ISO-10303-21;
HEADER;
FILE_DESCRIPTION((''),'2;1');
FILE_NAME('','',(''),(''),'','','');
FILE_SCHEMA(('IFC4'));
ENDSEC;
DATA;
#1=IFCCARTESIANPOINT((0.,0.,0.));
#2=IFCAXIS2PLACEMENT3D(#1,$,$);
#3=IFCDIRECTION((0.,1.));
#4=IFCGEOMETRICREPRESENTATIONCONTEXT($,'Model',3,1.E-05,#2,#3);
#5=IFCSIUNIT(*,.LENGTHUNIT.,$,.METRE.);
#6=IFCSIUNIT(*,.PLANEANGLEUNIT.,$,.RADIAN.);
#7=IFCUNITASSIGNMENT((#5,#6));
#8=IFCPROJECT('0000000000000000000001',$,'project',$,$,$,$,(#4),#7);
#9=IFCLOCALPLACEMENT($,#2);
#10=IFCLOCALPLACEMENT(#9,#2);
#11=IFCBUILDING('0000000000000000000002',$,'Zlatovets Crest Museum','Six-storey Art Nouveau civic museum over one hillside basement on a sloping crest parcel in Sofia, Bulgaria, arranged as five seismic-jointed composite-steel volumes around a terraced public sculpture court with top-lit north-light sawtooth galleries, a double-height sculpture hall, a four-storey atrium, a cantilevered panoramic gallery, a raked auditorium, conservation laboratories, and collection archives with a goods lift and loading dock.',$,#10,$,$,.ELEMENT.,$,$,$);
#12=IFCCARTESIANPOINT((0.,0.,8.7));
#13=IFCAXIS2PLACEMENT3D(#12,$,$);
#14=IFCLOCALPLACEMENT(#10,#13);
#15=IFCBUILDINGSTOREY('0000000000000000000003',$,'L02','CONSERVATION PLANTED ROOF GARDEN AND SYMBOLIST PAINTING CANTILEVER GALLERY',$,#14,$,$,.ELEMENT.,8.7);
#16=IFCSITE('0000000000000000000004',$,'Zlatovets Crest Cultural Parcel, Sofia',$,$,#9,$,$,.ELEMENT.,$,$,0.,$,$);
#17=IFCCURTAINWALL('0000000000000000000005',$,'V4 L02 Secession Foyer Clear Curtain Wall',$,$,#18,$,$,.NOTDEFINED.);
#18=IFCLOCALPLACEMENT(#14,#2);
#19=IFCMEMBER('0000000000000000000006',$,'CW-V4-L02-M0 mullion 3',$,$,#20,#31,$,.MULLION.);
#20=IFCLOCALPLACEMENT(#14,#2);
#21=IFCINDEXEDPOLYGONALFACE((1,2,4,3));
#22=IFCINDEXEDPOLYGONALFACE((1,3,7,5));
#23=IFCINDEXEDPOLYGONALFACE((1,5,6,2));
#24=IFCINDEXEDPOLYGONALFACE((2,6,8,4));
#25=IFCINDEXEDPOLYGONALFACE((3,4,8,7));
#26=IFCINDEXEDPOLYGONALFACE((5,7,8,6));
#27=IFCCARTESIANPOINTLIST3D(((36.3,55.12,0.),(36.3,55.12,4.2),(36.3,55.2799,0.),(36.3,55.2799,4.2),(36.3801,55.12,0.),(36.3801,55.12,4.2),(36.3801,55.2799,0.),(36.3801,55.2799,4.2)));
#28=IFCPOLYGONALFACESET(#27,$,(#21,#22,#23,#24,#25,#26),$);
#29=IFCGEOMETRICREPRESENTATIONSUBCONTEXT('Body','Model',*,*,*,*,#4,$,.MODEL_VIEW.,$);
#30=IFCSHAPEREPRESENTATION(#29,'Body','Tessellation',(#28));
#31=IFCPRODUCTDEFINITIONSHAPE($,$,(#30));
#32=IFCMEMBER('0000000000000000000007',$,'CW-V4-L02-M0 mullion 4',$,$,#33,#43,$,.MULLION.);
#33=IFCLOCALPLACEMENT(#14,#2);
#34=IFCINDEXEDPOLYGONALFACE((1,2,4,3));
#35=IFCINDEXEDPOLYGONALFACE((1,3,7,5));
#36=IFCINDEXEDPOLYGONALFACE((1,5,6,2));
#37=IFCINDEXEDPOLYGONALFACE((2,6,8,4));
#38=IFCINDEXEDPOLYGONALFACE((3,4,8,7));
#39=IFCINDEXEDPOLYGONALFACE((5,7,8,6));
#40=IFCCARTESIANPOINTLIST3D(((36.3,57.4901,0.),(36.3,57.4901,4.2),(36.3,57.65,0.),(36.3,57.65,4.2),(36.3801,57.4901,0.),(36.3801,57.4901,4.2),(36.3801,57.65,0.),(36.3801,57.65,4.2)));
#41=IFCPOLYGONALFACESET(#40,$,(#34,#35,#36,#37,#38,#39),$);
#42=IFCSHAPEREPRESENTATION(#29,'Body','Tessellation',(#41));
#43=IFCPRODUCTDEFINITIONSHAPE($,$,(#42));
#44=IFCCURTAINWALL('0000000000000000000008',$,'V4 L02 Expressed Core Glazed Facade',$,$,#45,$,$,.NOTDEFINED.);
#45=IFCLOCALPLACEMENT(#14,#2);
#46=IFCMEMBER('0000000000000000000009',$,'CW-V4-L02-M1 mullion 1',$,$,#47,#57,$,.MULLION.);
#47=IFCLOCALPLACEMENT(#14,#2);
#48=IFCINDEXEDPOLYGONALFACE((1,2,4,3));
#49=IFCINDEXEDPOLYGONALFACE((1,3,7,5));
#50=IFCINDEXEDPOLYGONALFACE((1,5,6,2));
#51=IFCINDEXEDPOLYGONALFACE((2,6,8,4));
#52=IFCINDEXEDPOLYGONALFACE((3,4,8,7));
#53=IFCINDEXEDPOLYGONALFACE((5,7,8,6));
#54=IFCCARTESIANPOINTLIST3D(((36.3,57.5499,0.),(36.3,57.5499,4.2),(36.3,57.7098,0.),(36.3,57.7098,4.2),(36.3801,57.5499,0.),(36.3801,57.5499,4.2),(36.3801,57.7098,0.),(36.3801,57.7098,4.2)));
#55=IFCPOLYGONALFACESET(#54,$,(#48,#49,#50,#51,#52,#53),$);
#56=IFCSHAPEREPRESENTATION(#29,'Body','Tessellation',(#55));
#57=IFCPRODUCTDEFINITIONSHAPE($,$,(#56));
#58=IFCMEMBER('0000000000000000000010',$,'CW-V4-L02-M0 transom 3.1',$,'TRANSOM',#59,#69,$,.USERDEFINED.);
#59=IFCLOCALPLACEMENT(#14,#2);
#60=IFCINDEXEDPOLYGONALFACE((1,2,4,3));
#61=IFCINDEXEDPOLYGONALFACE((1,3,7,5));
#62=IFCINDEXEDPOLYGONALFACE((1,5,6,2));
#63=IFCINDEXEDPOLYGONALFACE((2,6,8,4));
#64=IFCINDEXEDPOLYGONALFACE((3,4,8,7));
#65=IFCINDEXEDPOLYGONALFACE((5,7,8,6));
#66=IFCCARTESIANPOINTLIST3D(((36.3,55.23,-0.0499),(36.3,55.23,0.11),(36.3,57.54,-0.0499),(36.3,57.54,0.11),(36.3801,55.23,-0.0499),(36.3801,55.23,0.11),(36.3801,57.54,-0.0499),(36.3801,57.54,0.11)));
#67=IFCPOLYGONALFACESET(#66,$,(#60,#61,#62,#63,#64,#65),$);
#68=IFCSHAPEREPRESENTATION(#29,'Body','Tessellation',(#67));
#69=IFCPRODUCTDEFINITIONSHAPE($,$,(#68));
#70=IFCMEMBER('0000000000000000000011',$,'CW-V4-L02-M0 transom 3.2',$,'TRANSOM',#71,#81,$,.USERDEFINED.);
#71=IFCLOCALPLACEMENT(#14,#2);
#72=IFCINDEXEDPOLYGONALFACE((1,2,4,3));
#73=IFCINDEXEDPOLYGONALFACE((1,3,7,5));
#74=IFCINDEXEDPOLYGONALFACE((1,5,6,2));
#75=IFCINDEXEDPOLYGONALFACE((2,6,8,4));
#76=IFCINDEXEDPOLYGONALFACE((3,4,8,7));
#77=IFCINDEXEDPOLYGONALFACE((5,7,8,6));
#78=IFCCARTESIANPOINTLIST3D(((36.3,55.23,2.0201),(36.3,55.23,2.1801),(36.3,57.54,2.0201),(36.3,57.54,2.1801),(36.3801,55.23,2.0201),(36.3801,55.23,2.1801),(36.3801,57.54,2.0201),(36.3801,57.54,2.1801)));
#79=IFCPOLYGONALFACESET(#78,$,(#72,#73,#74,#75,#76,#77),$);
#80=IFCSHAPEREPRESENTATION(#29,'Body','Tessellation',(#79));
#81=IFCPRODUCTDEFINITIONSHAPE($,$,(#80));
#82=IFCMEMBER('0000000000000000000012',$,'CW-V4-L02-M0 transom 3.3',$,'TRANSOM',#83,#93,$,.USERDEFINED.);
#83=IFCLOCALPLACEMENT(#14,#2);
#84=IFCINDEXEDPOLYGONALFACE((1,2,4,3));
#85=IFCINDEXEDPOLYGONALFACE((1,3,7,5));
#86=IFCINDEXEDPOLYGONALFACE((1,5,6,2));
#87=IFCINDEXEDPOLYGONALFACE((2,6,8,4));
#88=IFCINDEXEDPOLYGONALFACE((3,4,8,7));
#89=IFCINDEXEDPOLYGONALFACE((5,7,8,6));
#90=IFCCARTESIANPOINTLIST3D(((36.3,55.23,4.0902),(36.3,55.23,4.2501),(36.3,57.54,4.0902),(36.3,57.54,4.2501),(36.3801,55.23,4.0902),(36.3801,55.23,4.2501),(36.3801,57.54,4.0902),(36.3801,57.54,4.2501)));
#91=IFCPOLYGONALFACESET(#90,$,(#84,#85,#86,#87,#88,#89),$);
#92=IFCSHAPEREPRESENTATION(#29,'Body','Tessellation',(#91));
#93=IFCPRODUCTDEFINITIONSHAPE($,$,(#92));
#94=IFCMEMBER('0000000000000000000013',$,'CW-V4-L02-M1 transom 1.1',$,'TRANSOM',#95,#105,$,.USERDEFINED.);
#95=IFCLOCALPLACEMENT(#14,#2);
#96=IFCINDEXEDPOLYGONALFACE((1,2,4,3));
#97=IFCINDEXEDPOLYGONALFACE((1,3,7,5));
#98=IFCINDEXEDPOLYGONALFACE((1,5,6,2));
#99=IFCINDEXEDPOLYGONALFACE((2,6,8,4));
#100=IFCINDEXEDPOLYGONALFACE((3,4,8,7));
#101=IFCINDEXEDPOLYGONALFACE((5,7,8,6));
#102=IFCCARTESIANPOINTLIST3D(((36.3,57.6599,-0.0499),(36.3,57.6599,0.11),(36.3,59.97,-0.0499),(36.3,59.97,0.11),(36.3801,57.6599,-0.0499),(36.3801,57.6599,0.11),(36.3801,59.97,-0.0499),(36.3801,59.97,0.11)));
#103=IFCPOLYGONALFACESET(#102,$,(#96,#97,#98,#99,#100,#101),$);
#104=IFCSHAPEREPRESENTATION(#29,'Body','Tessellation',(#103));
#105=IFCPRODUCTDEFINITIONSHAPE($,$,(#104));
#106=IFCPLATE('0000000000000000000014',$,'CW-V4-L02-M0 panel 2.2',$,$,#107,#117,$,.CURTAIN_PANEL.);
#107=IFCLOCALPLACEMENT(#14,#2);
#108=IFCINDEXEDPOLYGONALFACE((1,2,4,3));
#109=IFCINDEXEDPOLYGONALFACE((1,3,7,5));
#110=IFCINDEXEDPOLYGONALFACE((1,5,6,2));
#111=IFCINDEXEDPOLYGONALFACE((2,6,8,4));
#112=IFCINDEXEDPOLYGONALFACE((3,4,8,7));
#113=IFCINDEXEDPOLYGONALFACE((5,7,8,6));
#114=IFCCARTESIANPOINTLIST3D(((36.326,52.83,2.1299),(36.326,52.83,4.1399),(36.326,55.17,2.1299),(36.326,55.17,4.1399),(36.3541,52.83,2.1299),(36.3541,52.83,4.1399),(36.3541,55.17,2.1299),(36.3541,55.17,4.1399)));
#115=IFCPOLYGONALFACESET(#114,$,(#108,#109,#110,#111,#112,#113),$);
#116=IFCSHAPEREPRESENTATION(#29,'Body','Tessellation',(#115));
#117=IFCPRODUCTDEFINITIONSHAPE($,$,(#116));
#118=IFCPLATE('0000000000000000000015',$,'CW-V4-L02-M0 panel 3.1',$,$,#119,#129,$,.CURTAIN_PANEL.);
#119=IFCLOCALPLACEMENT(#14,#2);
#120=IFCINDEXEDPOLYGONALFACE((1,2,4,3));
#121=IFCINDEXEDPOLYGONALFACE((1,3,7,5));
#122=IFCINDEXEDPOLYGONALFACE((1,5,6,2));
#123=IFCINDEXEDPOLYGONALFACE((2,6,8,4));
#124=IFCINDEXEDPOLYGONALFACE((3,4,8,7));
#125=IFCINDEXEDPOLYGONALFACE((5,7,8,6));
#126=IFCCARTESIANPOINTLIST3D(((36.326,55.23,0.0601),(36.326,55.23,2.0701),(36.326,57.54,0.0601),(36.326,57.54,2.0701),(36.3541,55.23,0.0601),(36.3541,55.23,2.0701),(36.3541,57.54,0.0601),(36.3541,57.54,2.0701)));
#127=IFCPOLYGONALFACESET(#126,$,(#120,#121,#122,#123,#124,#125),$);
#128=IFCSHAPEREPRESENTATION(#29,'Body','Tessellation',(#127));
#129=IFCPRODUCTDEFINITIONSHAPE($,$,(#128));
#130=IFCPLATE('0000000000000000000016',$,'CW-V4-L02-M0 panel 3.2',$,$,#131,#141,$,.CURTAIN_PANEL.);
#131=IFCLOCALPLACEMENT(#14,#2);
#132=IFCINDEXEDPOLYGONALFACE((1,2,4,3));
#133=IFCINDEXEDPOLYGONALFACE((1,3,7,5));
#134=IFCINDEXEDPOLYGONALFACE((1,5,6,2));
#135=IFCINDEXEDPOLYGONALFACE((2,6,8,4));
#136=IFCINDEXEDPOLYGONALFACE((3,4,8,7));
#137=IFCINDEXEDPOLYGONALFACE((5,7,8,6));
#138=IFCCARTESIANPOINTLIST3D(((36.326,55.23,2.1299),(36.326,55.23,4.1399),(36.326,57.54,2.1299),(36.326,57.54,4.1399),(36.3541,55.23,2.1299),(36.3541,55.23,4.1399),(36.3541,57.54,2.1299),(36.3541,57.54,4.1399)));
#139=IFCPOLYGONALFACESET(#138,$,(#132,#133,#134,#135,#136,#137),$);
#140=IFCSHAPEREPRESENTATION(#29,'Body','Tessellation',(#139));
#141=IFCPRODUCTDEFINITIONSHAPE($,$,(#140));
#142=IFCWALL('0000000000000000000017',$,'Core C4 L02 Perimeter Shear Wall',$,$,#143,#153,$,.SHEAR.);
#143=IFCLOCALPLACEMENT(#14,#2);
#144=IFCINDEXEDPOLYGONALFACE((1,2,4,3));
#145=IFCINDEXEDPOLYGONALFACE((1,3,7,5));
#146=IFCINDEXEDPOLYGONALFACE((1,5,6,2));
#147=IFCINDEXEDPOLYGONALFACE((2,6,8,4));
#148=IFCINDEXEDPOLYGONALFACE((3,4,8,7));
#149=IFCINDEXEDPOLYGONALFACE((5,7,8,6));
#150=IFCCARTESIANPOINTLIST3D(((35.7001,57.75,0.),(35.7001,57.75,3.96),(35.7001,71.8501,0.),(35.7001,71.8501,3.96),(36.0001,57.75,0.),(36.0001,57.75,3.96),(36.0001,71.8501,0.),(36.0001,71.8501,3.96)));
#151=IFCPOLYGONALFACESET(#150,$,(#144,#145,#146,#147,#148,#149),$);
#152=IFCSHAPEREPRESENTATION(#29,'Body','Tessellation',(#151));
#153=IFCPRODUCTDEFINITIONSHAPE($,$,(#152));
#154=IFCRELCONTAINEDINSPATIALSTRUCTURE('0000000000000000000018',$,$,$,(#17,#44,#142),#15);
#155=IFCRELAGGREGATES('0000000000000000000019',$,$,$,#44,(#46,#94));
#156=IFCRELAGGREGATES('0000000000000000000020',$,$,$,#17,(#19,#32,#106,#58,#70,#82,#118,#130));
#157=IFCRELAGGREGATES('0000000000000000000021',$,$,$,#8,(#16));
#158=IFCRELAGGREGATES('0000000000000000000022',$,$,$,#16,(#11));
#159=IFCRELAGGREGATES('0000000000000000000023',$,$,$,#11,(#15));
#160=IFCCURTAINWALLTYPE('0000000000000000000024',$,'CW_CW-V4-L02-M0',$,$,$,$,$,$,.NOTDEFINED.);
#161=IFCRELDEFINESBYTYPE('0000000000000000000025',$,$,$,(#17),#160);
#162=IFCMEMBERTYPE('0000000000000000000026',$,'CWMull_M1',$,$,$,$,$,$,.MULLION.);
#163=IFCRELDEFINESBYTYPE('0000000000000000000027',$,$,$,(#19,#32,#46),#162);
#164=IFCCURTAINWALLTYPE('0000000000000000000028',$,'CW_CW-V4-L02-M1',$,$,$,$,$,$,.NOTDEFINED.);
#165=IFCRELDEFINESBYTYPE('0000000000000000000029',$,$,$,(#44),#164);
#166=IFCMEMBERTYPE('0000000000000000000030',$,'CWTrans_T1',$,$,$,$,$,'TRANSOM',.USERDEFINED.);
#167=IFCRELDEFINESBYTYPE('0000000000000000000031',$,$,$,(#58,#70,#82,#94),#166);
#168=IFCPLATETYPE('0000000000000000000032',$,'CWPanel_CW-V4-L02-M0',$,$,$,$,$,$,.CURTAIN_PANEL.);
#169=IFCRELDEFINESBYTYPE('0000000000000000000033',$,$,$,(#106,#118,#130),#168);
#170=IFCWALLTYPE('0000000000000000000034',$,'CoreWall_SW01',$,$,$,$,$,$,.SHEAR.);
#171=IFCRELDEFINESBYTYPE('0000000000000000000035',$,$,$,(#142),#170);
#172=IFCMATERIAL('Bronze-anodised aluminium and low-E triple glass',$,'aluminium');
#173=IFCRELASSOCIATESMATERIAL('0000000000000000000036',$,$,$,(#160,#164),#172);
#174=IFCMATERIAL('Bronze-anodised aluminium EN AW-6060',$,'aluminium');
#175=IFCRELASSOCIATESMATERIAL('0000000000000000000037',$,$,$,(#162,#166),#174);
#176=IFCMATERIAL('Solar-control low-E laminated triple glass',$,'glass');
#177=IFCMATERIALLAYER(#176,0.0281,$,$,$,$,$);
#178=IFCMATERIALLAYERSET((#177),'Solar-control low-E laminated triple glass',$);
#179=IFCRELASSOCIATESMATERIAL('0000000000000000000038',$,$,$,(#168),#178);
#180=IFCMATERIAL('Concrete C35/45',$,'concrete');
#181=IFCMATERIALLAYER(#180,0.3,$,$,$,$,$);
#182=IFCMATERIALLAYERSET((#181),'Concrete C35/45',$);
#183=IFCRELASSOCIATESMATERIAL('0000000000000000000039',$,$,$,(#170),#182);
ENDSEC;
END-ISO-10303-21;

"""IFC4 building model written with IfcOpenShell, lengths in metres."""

from ifc_helpers import new_model, si_unit, direction, frame, frame_2d, origin, origin_2d, place, context, subcontext, project, spatial, rectangle, extrude, material, layer, layer_set, material_profile, profile_set, type_object, element, aggregate, save


model = new_model("IFC4")

# Units and contexts
model_context = context("Model", 3, precision=1e-05, world=origin(), true_north=direction((0.0, 1.0)))
body_context = subcontext(model_context, "Body", "Model", "MODEL_VIEW")
ifc_project = project(units=[si_unit("LENGTHUNIT", "METRE"), si_unit("PLANEANGLEUNIT", "RADIAN")], contexts=[model_context])

# Site, building, storey
site_placement = place(None, origin())
site = spatial("IfcSite", under=ifc_project, at=site_placement, Name="Zlatovets Crest Cultural Parcel, Sofia", CompositionType="ELEMENT", RefElevation=0.0)
building_placement = place(site_placement, origin())
building = spatial("IfcBuilding", under=site, at=building_placement, Name="Zlatovets Crest Museum", Description="Six-storey Art Nouveau civic museum over one hillside basement on a sloping crest parcel in Sofia, Bulgaria, arranged as five seismic-jointed composite-steel volumes around a terraced public sculpture court with top-lit north-light sawtooth galleries, a double-height sculpture hall, a four-storey atrium, a cantilevered panoramic gallery, a raked auditorium, conservation laboratories, and collection archives with a goods lift and loading dock.", CompositionType="ELEMENT")
storey_placement = place(building_placement, frame((0.0, 0.0, 8.7)))
storey = spatial("IfcBuildingStorey", under=building, at=storey_placement, Name="L02", Description="CONSERVATION PLANTED ROOF GARDEN AND SYMBOLIST PAINTING CANTILEVER GALLERY", CompositionType="ELEMENT", Elevation=8.7)

# Curtain wall, members
ifc_material_1 = material(Name="Bronze-anodised aluminium and low-E triple glass", Category="aluminium")
curtain_wall_type_1 = type_object("IfcCurtainWallType", Name="CW_CW-V4-L02-M0", PredefinedType="NOTDEFINED", material=ifc_material_1)
curtain_wall_1_placement = place(storey_placement, origin())
curtain_wall_1 = element("IfcCurtainWall", 1, at=curtain_wall_1_placement, inside=storey, type_object=curtain_wall_type_1, Name="V4 L02 Secession Foyer Clear Curtain Wall", PredefinedType="NOTDEFINED")
ifc_material_2 = material(Name="Bronze-anodised aluminium EN AW-6060", Category="aluminium")
ifc_material_profile_1 = material_profile(ifc_material_2, rectangle(XDim=0.0801, YDim=0.1599, at=origin_2d()), Name="ALU 80x160")
ifc_profile_set_1 = profile_set([ifc_material_profile_1], Name="Bronze-anodised aluminium EN AW-6060")
member_type_1 = type_object("IfcMemberType", Name="CWMull_M1", PredefinedType="MULLION", material=ifc_profile_set_1)
member_1_placement = place(storey_placement, frame((36.3401, 55.2, 0.0), z_axis=(0.0, 0.0, 1.0), x_axis=(-1.0, 0.0, 0.0)))
member_1 = element("IfcMember", 2, at=member_1_placement, type_object=member_type_1, Name="CW-V4-L02-M0 mullion 3", PredefinedType="MULLION", context=body_context, shape_type="SweptSolid", body=[
    extrude(rectangle(XDim=0.0801, YDim=0.1599, at=origin_2d()), origin(), (0.0, 0.0, 1.0), 4.2),
])
member_2_placement = place(storey_placement, frame((36.3401, 57.5701, 0.0), z_axis=(0.0, 0.0, 1.0), x_axis=(-1.0, 0.0, 0.0)))
member_2 = element("IfcMember", 3, at=member_2_placement, type_object=member_type_1, Name="CW-V4-L02-M0 mullion 4", PredefinedType="MULLION", context=body_context, shape_type="SweptSolid", body=[
    extrude(rectangle(XDim=0.0801, YDim=0.1599, at=origin_2d()), origin(), (0.0, 0.0, 1.0), 4.2),
])

# Curtain wall, member
curtain_wall_type_2 = type_object("IfcCurtainWallType", Name="CW_CW-V4-L02-M1", PredefinedType="NOTDEFINED", material=ifc_material_1)
curtain_wall_2_placement = place(storey_placement, origin())
curtain_wall_2 = element("IfcCurtainWall", 4, at=curtain_wall_2_placement, inside=storey, type_object=curtain_wall_type_2, Name="V4 L02 Expressed Core Glazed Facade", PredefinedType="NOTDEFINED")
member_3_placement = place(storey_placement, frame((36.3401, 57.6299, 0.0), z_axis=(0.0, 0.0, 1.0), x_axis=(-1.0, 0.0, 0.0)))
member_3 = element("IfcMember", 5, at=member_3_placement, type_object=member_type_1, Name="CW-V4-L02-M1 mullion 1", PredefinedType="MULLION", context=body_context, shape_type="SweptSolid", body=[
    extrude(rectangle(XDim=0.0801, YDim=0.1599, at=origin_2d()), origin(), (0.0, 0.0, 1.0), 4.2),
])

# Members
ifc_material_profile_2 = material_profile(ifc_material_2, rectangle(XDim=0.0801, YDim=0.1599, at=origin_2d()), Name="ALU 80x160")
ifc_profile_set_2 = profile_set([ifc_material_profile_2], Name="Bronze-anodised aluminium EN AW-6060")
member_type_2 = type_object("IfcMemberType", Name="CWTrans_T1", ElementType="TRANSOM", PredefinedType="USERDEFINED", material=ifc_profile_set_2)
member_4_placement = place(storey_placement, frame((36.3401, 55.23, 0.03), z_axis=(0.0, 1.0, 0.0), x_axis=(-1.0, 0.0, 0.0)))
member_4 = element("IfcMember", 6, at=member_4_placement, type_object=member_type_2, Name="CW-V4-L02-M0 transom 3.1", ObjectType="TRANSOM", PredefinedType="USERDEFINED", context=body_context, shape_type="SweptSolid", body=[
    extrude(rectangle(XDim=0.0801, YDim=0.1599, at=origin_2d()), origin(), (0.0, 0.0, 1.0), 2.3101),
])
member_5_placement = place(storey_placement, frame((36.3401, 55.23, 2.1001), z_axis=(0.0, 1.0, 0.0), x_axis=(-1.0, 0.0, 0.0)))
member_5 = element("IfcMember", 7, at=member_5_placement, type_object=member_type_2, Name="CW-V4-L02-M0 transom 3.2", ObjectType="TRANSOM", PredefinedType="USERDEFINED", context=body_context, shape_type="SweptSolid", body=[
    extrude(rectangle(XDim=0.0801, YDim=0.1599, at=origin_2d()), origin(), (0.0, 0.0, 1.0), 2.3101),
])
member_6_placement = place(storey_placement, frame((36.3401, 55.23, 4.1702), z_axis=(0.0, 1.0, 0.0), x_axis=(-1.0, 0.0, 0.0)))
member_6 = element("IfcMember", 8, at=member_6_placement, type_object=member_type_2, Name="CW-V4-L02-M0 transom 3.3", ObjectType="TRANSOM", PredefinedType="USERDEFINED", context=body_context, shape_type="SweptSolid", body=[
    extrude(rectangle(XDim=0.0801, YDim=0.1599, at=origin_2d()), origin(), (0.0, 0.0, 1.0), 2.3101),
])
member_7_placement = place(storey_placement, frame((36.3401, 57.6599, 0.03), z_axis=(0.0, 1.0, 0.0), x_axis=(-1.0, 0.0, 0.0)))
member_7 = element("IfcMember", 9, at=member_7_placement, type_object=member_type_2, Name="CW-V4-L02-M1 transom 1.1", ObjectType="TRANSOM", PredefinedType="USERDEFINED", context=body_context, shape_type="SweptSolid", body=[
    extrude(rectangle(XDim=0.0801, YDim=0.1599, at=origin_2d()), origin(), (0.0, 0.0, 1.0), 2.3101),
])
aggregate(curtain_wall_2, [member_3, member_7])

# Plates
ifc_material_3 = material(Name="Solar-control low-E laminated triple glass", Category="glass")
ifc_layer_1 = layer(ifc_material_3, 0.0281)
ifc_layer_set_1 = layer_set([ifc_layer_1], Name="Solar-control low-E laminated triple glass")
plate_type = type_object("IfcPlateType", Name="CWPanel_CW-V4-L02-M0", PredefinedType="CURTAIN_PANEL", material=ifc_layer_set_1)
plate_1_placement = place(storey_placement, frame((36.3401, 54.0, 2.1299), z_axis=(0.0, 0.0, 1.0), x_axis=(0.0, 1.0, 0.0)))
plate_1 = element("IfcPlate", 10, at=plate_1_placement, type_object=plate_type, Name="CW-V4-L02-M0 panel 2.2", PredefinedType="CURTAIN_PANEL", context=body_context, shape_type="SweptSolid", body=[
    extrude(rectangle(XDim=2.3401, YDim=0.0281, at=origin_2d()), origin(), (0.0, 0.0, 1.0), 2.01),
])
plate_2_placement = place(storey_placement, frame((36.3401, 56.385, 0.0601), z_axis=(0.0, 0.0, 1.0), x_axis=(0.0, 1.0, 0.0)))
plate_2 = element("IfcPlate", 11, at=plate_2_placement, type_object=plate_type, Name="CW-V4-L02-M0 panel 3.1", PredefinedType="CURTAIN_PANEL", context=body_context, shape_type="SweptSolid", body=[
    extrude(rectangle(XDim=2.3101, YDim=0.0281, at=origin_2d()), origin(), (0.0, 0.0, 1.0), 2.01),
])
plate_3_placement = place(storey_placement, frame((36.3401, 56.385, 2.1299), z_axis=(0.0, 0.0, 1.0), x_axis=(0.0, 1.0, 0.0)))
plate_3 = element("IfcPlate", 12, at=plate_3_placement, type_object=plate_type, Name="CW-V4-L02-M0 panel 3.2", PredefinedType="CURTAIN_PANEL", context=body_context, shape_type="SweptSolid", body=[
    extrude(rectangle(XDim=2.3101, YDim=0.0281, at=origin_2d()), origin(), (0.0, 0.0, 1.0), 2.01),
])
aggregate(curtain_wall_1, [member_1, member_2, plate_1, member_4, member_5, member_6, plate_2, plate_3])

# Wall
ifc_material_4 = material(Name="Concrete C35/45", Category="concrete")
ifc_layer_2 = layer(ifc_material_4, 0.3)
ifc_layer_set_2 = layer_set([ifc_layer_2], Name="Concrete C35/45")
wall_type = type_object("IfcWallType", Name="CoreWall_SW01", PredefinedType="SHEAR", material=ifc_layer_set_2)
wall_placement = place(storey_placement, frame((35.8501, 57.75, 0.0), z_axis=(0.0, 0.0, 1.0), x_axis=(0.0, 1.0, 0.0)))
element("IfcWall", 13, at=wall_placement, inside=storey, type_object=wall_type, Name="Core C4 L02 Perimeter Shear Wall", PredefinedType="SHEAR", context=body_context, shape_type="SweptSolid", body=[
    extrude(rectangle(XDim=14.1001, YDim=0.3, at=frame_2d((7.05, 0.0))), origin(), (0.0, 0.0, 1.0), 3.96),
])

save(model, "model.ifc")
